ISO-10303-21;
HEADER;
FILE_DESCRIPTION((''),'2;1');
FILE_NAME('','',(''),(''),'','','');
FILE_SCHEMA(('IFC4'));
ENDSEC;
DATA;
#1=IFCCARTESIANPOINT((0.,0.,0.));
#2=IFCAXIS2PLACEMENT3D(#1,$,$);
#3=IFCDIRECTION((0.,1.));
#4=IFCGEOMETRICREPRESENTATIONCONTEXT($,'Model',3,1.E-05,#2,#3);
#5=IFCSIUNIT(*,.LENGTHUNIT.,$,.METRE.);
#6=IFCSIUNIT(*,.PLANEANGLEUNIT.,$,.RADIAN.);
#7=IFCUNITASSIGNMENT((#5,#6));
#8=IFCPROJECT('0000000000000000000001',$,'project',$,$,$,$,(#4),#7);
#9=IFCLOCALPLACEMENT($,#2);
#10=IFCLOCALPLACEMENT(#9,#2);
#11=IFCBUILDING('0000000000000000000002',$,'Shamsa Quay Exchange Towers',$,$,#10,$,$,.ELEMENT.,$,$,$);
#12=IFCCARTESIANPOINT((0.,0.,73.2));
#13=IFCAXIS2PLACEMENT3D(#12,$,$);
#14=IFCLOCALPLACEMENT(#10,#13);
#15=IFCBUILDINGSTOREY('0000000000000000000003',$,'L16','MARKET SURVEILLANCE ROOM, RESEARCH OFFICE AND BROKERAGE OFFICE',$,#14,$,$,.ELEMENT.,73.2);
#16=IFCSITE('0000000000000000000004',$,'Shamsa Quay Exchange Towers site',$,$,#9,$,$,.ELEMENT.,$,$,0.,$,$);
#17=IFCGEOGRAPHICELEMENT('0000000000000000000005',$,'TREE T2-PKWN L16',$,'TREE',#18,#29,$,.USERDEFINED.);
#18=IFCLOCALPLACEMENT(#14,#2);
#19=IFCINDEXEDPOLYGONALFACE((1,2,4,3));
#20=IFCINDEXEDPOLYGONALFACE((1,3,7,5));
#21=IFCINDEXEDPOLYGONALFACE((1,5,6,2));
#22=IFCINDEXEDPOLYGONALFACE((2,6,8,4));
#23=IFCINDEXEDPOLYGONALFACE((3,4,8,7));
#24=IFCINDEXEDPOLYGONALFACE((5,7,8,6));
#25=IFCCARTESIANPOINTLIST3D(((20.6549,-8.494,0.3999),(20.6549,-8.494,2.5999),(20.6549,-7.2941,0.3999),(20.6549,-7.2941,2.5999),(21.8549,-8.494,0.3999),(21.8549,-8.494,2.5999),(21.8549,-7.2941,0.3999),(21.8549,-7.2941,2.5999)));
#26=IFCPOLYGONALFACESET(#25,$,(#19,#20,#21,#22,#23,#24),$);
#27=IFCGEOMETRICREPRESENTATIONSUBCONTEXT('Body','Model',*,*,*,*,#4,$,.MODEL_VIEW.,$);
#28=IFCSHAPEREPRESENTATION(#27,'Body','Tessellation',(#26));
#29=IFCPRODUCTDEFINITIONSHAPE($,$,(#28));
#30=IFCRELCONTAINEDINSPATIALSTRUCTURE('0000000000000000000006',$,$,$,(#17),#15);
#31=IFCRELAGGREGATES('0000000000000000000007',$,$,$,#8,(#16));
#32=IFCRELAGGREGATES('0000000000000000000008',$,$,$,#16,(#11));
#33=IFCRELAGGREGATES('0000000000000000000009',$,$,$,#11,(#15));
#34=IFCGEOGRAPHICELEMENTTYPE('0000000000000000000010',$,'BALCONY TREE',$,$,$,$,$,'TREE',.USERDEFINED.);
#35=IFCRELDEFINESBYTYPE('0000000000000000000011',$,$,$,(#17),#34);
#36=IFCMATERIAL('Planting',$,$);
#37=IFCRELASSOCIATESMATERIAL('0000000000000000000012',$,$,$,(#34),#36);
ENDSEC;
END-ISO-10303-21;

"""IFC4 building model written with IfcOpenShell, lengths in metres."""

from ifc_helpers import new_model, si_unit, direction, frame, origin, origin_2d, place, context, subcontext, project, spatial, rectangle, extrude, material, type_object, element, save


model = new_model("IFC4")

# Units and contexts
model_context = context("Model", 3, precision=1e-05, world=origin(), true_north=direction((0.0, 1.0)))
body_context = subcontext(model_context, "Body", "Model", "MODEL_VIEW")
ifc_project = project(units=[si_unit("LENGTHUNIT", "METRE"), si_unit("PLANEANGLEUNIT", "RADIAN")], contexts=[model_context])

# Site, building, storey
site_placement = place(None, origin())
site = spatial("IfcSite", under=ifc_project, at=site_placement, Name="Shamsa Quay Exchange Towers site", CompositionType="ELEMENT", RefElevation=0.0)
building_placement = place(site_placement, origin())
building = spatial("IfcBuilding", under=site, at=building_placement, Name="Shamsa Quay Exchange Towers", CompositionType="ELEMENT")
storey_placement = place(building_placement, frame((0.0, 0.0, 73.2)))
storey = spatial("IfcBuildingStorey", under=building, at=storey_placement, Name="L16", Description="MARKET SURVEILLANCE ROOM, RESEARCH OFFICE AND BROKERAGE OFFICE", CompositionType="ELEMENT", Elevation=73.2)

# Geographic element
ifc_material_1 = material(Name="Planting")
geographic_element_type = type_object("IfcGeographicElementType", Name="BALCONY TREE", ElementType="TREE", PredefinedType="USERDEFINED", material=ifc_material_1)
geographic_element_placement = place(storey_placement, frame((21.2549, -7.894, 0.3999), z_axis=(0.0, 0.0, 1.0), x_axis=(0.0, -1.0, 0.0)))
element("IfcGeographicElement", 1, at=geographic_element_placement, inside=storey, type_object=geographic_element_type, Name="TREE T2-PKWN L16", ObjectType="TREE", PredefinedType="USERDEFINED", context=body_context, shape_type="SweptSolid", body=[
    extrude(rectangle(XDim=1.2, YDim=1.2, at=origin_2d()), origin(), (0.0, 0.0, 1.0), 2.2),
])

save(model, "model.ifc")
